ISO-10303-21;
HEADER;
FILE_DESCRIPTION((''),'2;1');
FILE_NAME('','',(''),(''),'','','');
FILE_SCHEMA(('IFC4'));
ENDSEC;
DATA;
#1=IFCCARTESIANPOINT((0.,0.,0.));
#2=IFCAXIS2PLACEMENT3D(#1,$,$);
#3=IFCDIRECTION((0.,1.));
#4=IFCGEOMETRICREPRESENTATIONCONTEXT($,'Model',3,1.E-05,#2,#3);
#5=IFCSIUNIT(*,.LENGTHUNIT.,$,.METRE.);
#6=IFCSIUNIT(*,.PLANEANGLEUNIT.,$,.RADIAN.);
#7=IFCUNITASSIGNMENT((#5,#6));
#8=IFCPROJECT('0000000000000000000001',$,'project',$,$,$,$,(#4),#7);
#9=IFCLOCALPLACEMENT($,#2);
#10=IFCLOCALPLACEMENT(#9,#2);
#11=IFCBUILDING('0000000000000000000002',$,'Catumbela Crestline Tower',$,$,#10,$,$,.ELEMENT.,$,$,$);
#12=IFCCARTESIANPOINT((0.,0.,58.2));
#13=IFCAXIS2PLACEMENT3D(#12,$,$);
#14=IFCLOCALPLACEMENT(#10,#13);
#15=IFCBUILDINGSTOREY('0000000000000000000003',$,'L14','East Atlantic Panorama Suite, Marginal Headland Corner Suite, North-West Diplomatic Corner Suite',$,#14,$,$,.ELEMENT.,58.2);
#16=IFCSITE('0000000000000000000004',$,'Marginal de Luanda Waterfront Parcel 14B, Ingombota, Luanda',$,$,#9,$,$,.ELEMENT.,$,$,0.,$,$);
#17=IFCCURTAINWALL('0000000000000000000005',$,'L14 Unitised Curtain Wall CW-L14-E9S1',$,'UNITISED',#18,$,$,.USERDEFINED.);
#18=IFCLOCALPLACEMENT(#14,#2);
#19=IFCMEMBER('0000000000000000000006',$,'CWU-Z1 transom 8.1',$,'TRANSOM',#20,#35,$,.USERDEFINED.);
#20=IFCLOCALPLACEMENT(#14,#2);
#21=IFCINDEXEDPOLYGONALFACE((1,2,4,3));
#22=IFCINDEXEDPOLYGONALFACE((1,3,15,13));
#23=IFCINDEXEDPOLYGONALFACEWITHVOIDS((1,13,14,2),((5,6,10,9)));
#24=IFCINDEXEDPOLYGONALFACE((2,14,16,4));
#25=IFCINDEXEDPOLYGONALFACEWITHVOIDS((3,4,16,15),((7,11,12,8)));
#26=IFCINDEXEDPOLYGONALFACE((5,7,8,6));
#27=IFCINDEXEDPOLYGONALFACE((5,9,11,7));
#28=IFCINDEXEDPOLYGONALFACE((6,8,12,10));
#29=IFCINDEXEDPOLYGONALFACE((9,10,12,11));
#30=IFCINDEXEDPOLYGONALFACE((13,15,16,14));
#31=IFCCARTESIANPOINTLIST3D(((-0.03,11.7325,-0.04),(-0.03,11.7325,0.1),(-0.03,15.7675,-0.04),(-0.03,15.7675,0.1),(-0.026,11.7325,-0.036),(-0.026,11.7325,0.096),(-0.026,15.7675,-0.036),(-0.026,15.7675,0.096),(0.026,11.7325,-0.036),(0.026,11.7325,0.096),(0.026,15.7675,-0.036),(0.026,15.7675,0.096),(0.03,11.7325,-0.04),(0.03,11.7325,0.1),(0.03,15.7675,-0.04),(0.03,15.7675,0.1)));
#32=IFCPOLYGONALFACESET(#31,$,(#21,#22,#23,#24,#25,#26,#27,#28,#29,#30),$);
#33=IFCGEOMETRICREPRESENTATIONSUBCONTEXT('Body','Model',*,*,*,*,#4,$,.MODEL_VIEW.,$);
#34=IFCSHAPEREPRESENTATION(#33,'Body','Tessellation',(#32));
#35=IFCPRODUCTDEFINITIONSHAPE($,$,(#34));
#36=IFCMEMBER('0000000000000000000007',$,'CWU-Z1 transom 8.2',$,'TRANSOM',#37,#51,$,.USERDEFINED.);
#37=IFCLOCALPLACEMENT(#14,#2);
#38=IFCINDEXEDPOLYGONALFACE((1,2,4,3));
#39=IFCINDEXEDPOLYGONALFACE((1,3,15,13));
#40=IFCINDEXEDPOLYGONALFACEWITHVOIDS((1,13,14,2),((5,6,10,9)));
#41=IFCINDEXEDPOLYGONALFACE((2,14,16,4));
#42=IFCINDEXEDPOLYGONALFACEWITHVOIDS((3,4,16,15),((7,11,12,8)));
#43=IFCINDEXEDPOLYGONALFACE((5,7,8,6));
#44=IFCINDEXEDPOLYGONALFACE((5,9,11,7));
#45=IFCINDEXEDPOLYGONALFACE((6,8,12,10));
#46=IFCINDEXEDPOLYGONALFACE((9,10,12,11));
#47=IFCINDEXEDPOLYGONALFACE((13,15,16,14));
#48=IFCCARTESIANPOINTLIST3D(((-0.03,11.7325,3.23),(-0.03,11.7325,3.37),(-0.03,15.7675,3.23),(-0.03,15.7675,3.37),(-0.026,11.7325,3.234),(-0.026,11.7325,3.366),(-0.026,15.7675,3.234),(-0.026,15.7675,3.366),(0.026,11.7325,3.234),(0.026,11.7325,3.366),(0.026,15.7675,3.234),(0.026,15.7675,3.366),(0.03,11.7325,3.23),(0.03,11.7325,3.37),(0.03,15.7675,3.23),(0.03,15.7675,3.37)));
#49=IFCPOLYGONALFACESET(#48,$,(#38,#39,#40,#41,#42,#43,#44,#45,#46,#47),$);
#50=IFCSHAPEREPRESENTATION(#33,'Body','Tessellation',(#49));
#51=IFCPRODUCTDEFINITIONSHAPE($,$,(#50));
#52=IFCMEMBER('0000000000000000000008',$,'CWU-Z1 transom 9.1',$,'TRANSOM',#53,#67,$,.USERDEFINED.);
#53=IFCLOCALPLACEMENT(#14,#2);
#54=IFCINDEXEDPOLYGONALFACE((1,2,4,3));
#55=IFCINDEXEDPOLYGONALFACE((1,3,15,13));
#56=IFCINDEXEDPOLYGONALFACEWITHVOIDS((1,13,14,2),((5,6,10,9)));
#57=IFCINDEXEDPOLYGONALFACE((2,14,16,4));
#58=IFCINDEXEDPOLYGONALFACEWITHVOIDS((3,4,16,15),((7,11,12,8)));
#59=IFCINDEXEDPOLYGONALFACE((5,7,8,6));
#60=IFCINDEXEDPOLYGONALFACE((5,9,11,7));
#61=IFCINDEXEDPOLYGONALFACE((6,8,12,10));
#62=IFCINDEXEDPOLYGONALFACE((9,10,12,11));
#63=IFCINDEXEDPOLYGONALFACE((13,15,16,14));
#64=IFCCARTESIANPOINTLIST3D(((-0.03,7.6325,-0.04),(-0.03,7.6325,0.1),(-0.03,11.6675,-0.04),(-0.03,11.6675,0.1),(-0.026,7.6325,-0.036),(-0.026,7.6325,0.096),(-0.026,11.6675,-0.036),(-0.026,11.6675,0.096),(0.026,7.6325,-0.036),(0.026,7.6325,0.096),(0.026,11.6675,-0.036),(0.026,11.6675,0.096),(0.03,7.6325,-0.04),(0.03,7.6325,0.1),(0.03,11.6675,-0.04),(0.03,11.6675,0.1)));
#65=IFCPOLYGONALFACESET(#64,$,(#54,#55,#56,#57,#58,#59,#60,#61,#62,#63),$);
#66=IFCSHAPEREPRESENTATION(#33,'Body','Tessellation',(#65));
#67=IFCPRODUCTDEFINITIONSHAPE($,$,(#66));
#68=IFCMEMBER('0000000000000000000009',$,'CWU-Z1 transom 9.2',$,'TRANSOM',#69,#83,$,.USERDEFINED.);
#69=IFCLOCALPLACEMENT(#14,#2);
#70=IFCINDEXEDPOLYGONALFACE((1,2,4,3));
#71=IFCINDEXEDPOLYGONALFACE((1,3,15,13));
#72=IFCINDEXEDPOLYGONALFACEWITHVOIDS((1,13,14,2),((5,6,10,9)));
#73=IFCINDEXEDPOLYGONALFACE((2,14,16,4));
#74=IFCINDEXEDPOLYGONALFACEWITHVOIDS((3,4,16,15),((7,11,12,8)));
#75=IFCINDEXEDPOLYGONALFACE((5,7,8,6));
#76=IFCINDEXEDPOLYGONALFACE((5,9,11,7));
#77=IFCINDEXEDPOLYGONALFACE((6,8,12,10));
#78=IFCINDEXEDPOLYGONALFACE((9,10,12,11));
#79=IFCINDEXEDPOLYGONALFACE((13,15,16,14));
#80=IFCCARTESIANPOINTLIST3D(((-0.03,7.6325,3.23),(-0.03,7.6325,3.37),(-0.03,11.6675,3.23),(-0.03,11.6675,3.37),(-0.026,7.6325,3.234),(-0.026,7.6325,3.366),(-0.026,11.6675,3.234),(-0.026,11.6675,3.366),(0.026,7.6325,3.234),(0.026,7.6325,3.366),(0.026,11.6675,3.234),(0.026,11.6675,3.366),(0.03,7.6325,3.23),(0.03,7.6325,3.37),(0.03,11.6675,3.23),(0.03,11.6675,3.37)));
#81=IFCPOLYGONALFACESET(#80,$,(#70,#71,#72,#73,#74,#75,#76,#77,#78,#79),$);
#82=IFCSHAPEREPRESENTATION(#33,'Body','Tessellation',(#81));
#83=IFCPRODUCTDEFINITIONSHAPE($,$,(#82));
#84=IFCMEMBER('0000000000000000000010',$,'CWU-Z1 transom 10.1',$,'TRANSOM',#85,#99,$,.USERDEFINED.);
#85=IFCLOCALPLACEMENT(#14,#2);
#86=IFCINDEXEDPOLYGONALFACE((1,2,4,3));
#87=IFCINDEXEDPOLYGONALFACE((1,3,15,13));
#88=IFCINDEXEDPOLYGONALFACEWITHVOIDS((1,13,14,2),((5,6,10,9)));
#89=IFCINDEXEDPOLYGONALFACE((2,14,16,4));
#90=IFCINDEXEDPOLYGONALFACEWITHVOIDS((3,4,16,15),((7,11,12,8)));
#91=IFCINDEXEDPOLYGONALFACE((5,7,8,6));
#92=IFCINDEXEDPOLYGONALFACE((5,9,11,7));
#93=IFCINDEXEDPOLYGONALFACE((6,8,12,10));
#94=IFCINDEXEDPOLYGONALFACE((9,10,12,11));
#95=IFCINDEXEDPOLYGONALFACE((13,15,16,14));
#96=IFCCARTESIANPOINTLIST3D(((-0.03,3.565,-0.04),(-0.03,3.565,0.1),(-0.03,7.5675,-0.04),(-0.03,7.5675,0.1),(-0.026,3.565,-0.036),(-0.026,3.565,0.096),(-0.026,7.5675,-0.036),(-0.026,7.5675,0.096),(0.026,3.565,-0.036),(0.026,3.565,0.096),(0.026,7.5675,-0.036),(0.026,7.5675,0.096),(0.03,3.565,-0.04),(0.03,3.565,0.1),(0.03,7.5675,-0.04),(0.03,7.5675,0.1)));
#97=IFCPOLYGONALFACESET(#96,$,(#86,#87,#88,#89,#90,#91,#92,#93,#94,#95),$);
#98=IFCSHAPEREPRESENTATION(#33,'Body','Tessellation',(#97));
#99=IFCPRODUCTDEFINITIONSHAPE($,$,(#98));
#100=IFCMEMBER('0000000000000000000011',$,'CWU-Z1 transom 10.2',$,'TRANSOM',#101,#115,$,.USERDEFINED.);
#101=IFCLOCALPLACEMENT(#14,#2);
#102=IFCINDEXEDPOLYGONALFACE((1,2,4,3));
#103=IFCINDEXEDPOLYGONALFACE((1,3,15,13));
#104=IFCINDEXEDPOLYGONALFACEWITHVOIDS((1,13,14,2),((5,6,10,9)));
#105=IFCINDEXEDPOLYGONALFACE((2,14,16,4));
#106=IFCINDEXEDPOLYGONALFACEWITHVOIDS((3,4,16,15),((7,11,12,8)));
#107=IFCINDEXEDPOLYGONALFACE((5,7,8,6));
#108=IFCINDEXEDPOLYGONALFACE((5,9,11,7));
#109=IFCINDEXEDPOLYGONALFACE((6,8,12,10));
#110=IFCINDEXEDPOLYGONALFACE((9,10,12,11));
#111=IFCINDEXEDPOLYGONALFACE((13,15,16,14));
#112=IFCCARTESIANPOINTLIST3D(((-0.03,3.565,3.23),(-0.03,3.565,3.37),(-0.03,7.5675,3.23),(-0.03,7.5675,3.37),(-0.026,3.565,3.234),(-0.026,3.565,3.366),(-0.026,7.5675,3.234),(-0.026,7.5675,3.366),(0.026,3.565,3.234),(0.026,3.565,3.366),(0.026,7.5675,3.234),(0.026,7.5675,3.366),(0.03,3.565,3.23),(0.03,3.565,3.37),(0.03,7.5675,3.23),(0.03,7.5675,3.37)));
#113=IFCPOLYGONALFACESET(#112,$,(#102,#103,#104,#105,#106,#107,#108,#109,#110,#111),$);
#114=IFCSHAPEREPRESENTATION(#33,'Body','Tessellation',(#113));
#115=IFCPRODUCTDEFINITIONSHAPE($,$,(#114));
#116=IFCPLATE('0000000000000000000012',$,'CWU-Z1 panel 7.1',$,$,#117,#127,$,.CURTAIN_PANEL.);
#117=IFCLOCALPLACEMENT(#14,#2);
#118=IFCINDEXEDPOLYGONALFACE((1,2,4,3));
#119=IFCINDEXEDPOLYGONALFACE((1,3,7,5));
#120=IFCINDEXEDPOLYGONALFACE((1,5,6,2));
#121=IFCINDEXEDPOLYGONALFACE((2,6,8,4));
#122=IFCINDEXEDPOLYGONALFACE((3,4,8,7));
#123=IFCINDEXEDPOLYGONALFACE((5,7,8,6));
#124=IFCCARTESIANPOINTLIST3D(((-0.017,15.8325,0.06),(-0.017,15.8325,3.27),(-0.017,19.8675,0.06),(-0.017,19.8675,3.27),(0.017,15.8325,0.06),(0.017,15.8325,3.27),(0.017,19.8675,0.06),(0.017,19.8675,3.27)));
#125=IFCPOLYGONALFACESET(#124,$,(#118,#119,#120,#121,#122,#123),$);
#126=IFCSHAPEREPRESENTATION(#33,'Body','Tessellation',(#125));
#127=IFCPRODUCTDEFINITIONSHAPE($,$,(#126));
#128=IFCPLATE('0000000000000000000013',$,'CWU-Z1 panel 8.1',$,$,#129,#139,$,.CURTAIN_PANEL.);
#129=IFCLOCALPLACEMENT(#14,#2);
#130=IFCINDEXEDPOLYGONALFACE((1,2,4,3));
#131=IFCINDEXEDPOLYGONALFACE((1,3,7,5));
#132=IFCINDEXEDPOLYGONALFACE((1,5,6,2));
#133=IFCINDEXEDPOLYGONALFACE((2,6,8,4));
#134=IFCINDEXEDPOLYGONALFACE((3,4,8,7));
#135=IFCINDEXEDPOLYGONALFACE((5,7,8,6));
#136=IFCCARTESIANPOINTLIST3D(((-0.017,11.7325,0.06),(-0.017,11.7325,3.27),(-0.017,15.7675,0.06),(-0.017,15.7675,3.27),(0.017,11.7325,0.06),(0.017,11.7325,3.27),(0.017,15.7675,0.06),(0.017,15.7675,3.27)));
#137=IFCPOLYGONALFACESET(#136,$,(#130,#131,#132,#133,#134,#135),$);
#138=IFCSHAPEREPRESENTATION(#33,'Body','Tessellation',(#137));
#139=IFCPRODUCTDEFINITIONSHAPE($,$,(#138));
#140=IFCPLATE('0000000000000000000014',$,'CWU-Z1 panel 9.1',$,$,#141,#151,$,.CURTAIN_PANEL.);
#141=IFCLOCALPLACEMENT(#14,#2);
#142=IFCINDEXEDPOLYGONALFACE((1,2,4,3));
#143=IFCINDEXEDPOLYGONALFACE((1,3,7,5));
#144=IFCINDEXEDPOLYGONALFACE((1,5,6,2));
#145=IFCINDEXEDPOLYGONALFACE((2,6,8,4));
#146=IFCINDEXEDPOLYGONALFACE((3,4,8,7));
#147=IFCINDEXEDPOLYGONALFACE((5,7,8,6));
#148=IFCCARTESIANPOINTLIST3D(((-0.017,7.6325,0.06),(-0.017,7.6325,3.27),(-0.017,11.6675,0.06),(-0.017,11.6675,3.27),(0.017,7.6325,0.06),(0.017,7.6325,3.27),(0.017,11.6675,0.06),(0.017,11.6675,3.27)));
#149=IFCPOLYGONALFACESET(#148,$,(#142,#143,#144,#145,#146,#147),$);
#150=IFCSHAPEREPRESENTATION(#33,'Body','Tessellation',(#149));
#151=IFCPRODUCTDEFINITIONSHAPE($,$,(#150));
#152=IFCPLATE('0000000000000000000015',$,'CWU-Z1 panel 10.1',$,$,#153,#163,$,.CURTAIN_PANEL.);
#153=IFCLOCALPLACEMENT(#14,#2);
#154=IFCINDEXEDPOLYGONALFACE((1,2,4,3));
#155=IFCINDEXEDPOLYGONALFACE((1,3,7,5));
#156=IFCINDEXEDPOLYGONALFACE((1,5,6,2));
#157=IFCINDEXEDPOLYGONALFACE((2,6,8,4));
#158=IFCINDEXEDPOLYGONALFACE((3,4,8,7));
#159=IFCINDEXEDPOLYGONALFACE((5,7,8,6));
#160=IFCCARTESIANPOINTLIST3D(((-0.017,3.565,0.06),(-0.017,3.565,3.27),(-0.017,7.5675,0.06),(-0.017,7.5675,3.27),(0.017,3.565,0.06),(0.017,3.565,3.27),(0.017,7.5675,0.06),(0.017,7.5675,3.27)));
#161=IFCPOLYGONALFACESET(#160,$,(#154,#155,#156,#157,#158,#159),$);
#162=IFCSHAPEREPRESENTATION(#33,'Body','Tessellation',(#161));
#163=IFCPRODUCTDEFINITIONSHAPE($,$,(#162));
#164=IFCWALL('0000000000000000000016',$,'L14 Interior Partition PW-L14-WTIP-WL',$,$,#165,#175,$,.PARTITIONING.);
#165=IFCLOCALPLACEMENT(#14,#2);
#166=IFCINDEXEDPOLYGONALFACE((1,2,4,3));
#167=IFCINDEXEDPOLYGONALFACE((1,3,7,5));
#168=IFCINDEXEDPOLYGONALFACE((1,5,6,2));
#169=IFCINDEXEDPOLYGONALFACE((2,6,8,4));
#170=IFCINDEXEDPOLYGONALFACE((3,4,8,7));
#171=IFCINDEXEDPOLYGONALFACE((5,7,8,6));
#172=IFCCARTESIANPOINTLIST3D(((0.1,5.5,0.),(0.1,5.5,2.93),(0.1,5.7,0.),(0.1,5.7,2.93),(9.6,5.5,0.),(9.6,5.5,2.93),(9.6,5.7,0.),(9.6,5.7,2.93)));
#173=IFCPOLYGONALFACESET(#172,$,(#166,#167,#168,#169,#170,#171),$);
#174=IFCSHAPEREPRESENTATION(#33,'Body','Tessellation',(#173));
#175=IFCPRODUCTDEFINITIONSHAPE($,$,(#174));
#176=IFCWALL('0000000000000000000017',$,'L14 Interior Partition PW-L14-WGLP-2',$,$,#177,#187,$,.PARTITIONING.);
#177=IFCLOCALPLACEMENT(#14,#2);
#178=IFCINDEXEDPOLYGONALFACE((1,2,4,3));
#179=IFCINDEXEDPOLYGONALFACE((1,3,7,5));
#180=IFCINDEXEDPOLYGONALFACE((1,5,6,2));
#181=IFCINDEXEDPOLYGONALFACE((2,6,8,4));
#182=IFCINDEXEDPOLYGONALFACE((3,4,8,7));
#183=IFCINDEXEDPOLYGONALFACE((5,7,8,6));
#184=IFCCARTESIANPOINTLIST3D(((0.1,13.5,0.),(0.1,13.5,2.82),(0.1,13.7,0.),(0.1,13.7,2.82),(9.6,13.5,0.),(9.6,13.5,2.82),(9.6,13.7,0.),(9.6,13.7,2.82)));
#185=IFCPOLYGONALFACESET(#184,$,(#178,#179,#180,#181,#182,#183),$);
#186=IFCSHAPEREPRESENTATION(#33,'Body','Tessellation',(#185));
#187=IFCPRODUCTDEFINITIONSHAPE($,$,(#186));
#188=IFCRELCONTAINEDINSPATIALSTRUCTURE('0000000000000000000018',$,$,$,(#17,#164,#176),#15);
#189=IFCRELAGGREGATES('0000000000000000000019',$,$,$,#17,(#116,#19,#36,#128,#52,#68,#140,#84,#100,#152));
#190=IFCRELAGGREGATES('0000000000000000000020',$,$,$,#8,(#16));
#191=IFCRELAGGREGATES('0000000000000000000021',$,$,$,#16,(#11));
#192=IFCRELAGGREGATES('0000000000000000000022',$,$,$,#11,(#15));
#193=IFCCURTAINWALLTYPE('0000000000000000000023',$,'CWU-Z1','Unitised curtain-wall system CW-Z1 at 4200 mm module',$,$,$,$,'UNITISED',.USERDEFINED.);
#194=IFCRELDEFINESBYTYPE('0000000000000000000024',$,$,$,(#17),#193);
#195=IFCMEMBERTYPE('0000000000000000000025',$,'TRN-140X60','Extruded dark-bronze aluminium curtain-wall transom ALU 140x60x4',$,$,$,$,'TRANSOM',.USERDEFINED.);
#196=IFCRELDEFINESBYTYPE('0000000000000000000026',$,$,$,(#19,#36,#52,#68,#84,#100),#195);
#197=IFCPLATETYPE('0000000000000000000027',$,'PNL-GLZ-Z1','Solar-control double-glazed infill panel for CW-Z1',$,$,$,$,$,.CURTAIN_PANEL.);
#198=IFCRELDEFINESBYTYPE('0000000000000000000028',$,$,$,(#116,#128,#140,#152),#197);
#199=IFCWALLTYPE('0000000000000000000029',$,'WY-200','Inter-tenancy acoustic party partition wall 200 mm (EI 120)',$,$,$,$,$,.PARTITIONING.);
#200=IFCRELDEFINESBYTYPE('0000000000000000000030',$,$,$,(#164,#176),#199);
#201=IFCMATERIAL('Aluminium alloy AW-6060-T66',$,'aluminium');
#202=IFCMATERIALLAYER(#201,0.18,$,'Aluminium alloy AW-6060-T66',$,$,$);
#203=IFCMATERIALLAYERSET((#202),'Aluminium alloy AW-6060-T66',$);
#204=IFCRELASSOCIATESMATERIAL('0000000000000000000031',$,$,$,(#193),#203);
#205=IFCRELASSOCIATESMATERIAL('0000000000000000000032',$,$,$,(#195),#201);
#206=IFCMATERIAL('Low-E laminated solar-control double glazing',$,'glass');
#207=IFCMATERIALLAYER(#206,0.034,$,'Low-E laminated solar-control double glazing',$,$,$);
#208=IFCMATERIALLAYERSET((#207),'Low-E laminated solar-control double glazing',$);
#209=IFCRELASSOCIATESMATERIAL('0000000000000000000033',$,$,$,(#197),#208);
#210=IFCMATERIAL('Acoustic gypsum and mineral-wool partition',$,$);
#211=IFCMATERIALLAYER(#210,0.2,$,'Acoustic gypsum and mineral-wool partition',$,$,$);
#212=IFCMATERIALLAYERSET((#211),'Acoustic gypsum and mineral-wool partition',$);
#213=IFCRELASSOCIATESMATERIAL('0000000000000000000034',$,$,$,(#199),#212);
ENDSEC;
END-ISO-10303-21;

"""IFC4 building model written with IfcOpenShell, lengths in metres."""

from ifc_helpers import new_model, si_unit, direction, frame, frame_2d, origin, origin_2d, place, context, subcontext, project, spatial, rectangle, hollow_rectangle, extrude, material, layer, layer_set, material_profile, profile_set, type_object, element, aggregate, save


model = new_model("IFC4")

# Units and contexts
model_context = context("Model", 3, precision=1e-05, world=origin(), true_north=direction((0.0, 1.0)))
body_context = subcontext(model_context, "Body", "Model", "MODEL_VIEW")
ifc_project = project(units=[si_unit("LENGTHUNIT", "METRE"), si_unit("PLANEANGLEUNIT", "RADIAN")], contexts=[model_context])

# Site, building, storey
site_placement = place(None, origin())
site = spatial("IfcSite", under=ifc_project, at=site_placement, Name="Marginal de Luanda Waterfront Parcel 14B, Ingombota, Luanda", CompositionType="ELEMENT", RefElevation=0.0)
building_placement = place(site_placement, origin())
building = spatial("IfcBuilding", under=site, at=building_placement, Name="Catumbela Crestline Tower", CompositionType="ELEMENT")
storey_placement = place(building_placement, frame((0.0, 0.0, 58.2)))
storey = spatial("IfcBuildingStorey", under=building, at=storey_placement, Name="L14", Description="East Atlantic Panorama Suite, Marginal Headland Corner Suite, North-West Diplomatic Corner Suite", CompositionType="ELEMENT", Elevation=58.2)

# Curtain wall
ifc_material_1 = material(Name="Aluminium alloy AW-6060-T66", Category="aluminium")
ifc_layer_1 = layer(ifc_material_1, 0.18, Name="Aluminium alloy AW-6060-T66")
ifc_layer_set_1 = layer_set([ifc_layer_1], Name="Aluminium alloy AW-6060-T66")
curtain_wall_type = type_object("IfcCurtainWallType", Name="CWU-Z1", Description="Unitised curtain-wall system CW-Z1 at 4200 mm module", ElementType="UNITISED", PredefinedType="USERDEFINED", material=ifc_layer_set_1)
curtain_wall_placement = place(storey_placement, origin())
curtain_wall = element("IfcCurtainWall", 1, at=curtain_wall_placement, inside=storey, type_object=curtain_wall_type, Name="L14 Unitised Curtain Wall CW-L14-E9S1", ObjectType="UNITISED", PredefinedType="USERDEFINED")

# Members
ifc_material_profile_1 = material_profile(ifc_material_1, hollow_rectangle(XDim=0.06, YDim=0.14, WallThickness=0.004, at=origin_2d()), Name="ALU 140x60x4")
ifc_profile_set_1 = profile_set([ifc_material_profile_1], Name="Aluminium alloy AW-6060-T66")
member_type_1 = type_object("IfcMemberType", Name="TRN-140X60", Description="Extruded dark-bronze aluminium curtain-wall transom ALU 140x60x4", ElementType="TRANSOM", PredefinedType="USERDEFINED", material=ifc_profile_set_1)
member_1_placement = place(storey_placement, frame((0.0, 15.7675, 0.03), z_axis=(0.0, -1.0, 0.0), x_axis=(1.0, 0.0, 0.0)))
member_1 = element("IfcMember", 2, at=member_1_placement, type_object=member_type_1, Name="CWU-Z1 transom 8.1", ObjectType="TRANSOM", PredefinedType="USERDEFINED", context=body_context, shape_type="SweptSolid", body=[
    extrude(hollow_rectangle(XDim=0.06, YDim=0.14, WallThickness=0.004, at=origin_2d()), origin(), (0.0, 0.0, 1.0), 4.035),
])
member_2_placement = place(storey_placement, frame((0.0, 15.7675, 3.3), z_axis=(0.0, -1.0, 0.0), x_axis=(1.0, 0.0, 0.0)))
member_2 = element("IfcMember", 3, at=member_2_placement, type_object=member_type_1, Name="CWU-Z1 transom 8.2", ObjectType="TRANSOM", PredefinedType="USERDEFINED", context=body_context, shape_type="SweptSolid", body=[
    extrude(hollow_rectangle(XDim=0.06, YDim=0.14, WallThickness=0.004, at=origin_2d()), origin(), (0.0, 0.0, 1.0), 4.035),
])
member_3_placement = place(storey_placement, frame((0.0, 11.6675, 0.03), z_axis=(0.0, -1.0, 0.0), x_axis=(1.0, 0.0, 0.0)))
member_3 = element("IfcMember", 4, at=member_3_placement, type_object=member_type_1, Name="CWU-Z1 transom 9.1", ObjectType="TRANSOM", PredefinedType="USERDEFINED", context=body_context, shape_type="SweptSolid", body=[
    extrude(hollow_rectangle(XDim=0.06, YDim=0.14, WallThickness=0.004, at=origin_2d()), origin(), (0.0, 0.0, 1.0), 4.035),
])
member_4_placement = place(storey_placement, frame((0.0, 11.6675, 3.3), z_axis=(0.0, -1.0, 0.0), x_axis=(1.0, 0.0, 0.0)))
member_4 = element("IfcMember", 5, at=member_4_placement, type_object=member_type_1, Name="CWU-Z1 transom 9.2", ObjectType="TRANSOM", PredefinedType="USERDEFINED", context=body_context, shape_type="SweptSolid", body=[
    extrude(hollow_rectangle(XDim=0.06, YDim=0.14, WallThickness=0.004, at=origin_2d()), origin(), (0.0, 0.0, 1.0), 4.035),
])
member_5_placement = place(storey_placement, frame((0.0, 7.5675, 0.03), z_axis=(0.0, -1.0, 0.0), x_axis=(1.0, 0.0, 0.0)))
member_5 = element("IfcMember", 6, at=member_5_placement, type_object=member_type_1, Name="CWU-Z1 transom 10.1", ObjectType="TRANSOM", PredefinedType="USERDEFINED", context=body_context, shape_type="SweptSolid", body=[
    extrude(hollow_rectangle(XDim=0.06, YDim=0.14, WallThickness=0.004, at=origin_2d()), origin(), (0.0, 0.0, 1.0), 4.0025),
])
member_6_placement = place(storey_placement, frame((0.0, 7.5675, 3.3), z_axis=(0.0, -1.0, 0.0), x_axis=(1.0, 0.0, 0.0)))
member_6 = element("IfcMember", 7, at=member_6_placement, type_object=member_type_1, Name="CWU-Z1 transom 10.2", ObjectType="TRANSOM", PredefinedType="USERDEFINED", context=body_context, shape_type="SweptSolid", body=[
    extrude(hollow_rectangle(XDim=0.06, YDim=0.14, WallThickness=0.004, at=origin_2d()), origin(), (0.0, 0.0, 1.0), 4.0025),
])

# Plates
ifc_material_2 = material(Name="Low-E laminated solar-control double glazing", Category="glass")
ifc_layer_2 = layer(ifc_material_2, 0.034, Name="Low-E laminated solar-control double glazing")
ifc_layer_set_2 = layer_set([ifc_layer_2], Name="Low-E laminated solar-control double glazing")
plate_type = type_object("IfcPlateType", Name="PNL-GLZ-Z1", Description="Solar-control double-glazed infill panel for CW-Z1", PredefinedType="CURTAIN_PANEL", material=ifc_layer_set_2)
plate_1_placement = place(storey_placement, frame((0.0, 17.85, 0.06), z_axis=(0.0, 0.0, 1.0), x_axis=(0.0, -1.0, 0.0)))
plate_1 = element("IfcPlate", 8, at=plate_1_placement, type_object=plate_type, Name="CWU-Z1 panel 7.1", PredefinedType="CURTAIN_PANEL", context=body_context, shape_type="SweptSolid", body=[
    extrude(rectangle(XDim=4.035, YDim=0.034, at=origin_2d()), origin(), (0.0, 0.0, 1.0), 3.21),
])
plate_2_placement = place(storey_placement, frame((0.0, 13.75, 0.06), z_axis=(0.0, 0.0, 1.0), x_axis=(0.0, -1.0, 0.0)))
plate_2 = element("IfcPlate", 9, at=plate_2_placement, type_object=plate_type, Name="CWU-Z1 panel 8.1", PredefinedType="CURTAIN_PANEL", context=body_context, shape_type="SweptSolid", body=[
    extrude(rectangle(XDim=4.035, YDim=0.034, at=origin_2d()), origin(), (0.0, 0.0, 1.0), 3.21),
])
plate_3_placement = place(storey_placement, frame((0.0, 9.65, 0.06), z_axis=(0.0, 0.0, 1.0), x_axis=(0.0, -1.0, 0.0)))
plate_3 = element("IfcPlate", 10, at=plate_3_placement, type_object=plate_type, Name="CWU-Z1 panel 9.1", PredefinedType="CURTAIN_PANEL", context=body_context, shape_type="SweptSolid", body=[
    extrude(rectangle(XDim=4.035, YDim=0.034, at=origin_2d()), origin(), (0.0, 0.0, 1.0), 3.21),
])
plate_4_placement = place(storey_placement, frame((0.0, 5.5662, 0.06), z_axis=(0.0, 0.0, 1.0), x_axis=(0.0, -1.0, 0.0)))
plate_4 = element("IfcPlate", 11, at=plate_4_placement, type_object=plate_type, Name="CWU-Z1 panel 10.1", PredefinedType="CURTAIN_PANEL", context=body_context, shape_type="SweptSolid", body=[
    extrude(rectangle(XDim=4.0025, YDim=0.034, at=origin_2d()), origin(), (0.0, 0.0, 1.0), 3.21),
])
aggregate(curtain_wall, [plate_1, member_1, member_2, plate_2, member_3, member_4, plate_3, member_5, member_6, plate_4])

# Walls
ifc_material_3 = material(Name="Acoustic gypsum and mineral-wool partition")
ifc_layer_3 = layer(ifc_material_3, 0.2, Name="Acoustic gypsum and mineral-wool partition")
ifc_layer_set_3 = layer_set([ifc_layer_3], Name="Acoustic gypsum and mineral-wool partition")
wall_type = type_object("IfcWallType", Name="WY-200", Description="Inter-tenancy acoustic party partition wall 200 mm (EI 120)", PredefinedType="PARTITIONING", material=ifc_layer_set_3)
wall_1_placement = place(storey_placement, frame((0.1, 5.6, 0.0), z_axis=(0.0, 0.0, 1.0), x_axis=(1.0, 0.0, 0.0)))
element("IfcWall", 12, at=wall_1_placement, inside=storey, type_object=wall_type, Name="L14 Interior Partition PW-L14-WTIP-WL", PredefinedType="PARTITIONING", context=body_context, shape_type="SweptSolid", body=[
    extrude(rectangle(XDim=9.5, YDim=0.2, at=frame_2d((4.75, 0.0))), origin(), (0.0, 0.0, 1.0), 2.93),
])
wall_2_placement = place(storey_placement, frame((0.1, 13.6, 0.0), z_axis=(0.0, 0.0, 1.0), x_axis=(1.0, 0.0, 0.0)))
element("IfcWall", 13, at=wall_2_placement, inside=storey, type_object=wall_type, Name="L14 Interior Partition PW-L14-WGLP-2", PredefinedType="PARTITIONING", context=body_context, shape_type="SweptSolid", body=[
    extrude(rectangle(XDim=9.5, YDim=0.2, at=frame_2d((4.75, 0.0))), origin(), (0.0, 0.0, 1.0), 2.82),
])

save(model, "model.ifc")
